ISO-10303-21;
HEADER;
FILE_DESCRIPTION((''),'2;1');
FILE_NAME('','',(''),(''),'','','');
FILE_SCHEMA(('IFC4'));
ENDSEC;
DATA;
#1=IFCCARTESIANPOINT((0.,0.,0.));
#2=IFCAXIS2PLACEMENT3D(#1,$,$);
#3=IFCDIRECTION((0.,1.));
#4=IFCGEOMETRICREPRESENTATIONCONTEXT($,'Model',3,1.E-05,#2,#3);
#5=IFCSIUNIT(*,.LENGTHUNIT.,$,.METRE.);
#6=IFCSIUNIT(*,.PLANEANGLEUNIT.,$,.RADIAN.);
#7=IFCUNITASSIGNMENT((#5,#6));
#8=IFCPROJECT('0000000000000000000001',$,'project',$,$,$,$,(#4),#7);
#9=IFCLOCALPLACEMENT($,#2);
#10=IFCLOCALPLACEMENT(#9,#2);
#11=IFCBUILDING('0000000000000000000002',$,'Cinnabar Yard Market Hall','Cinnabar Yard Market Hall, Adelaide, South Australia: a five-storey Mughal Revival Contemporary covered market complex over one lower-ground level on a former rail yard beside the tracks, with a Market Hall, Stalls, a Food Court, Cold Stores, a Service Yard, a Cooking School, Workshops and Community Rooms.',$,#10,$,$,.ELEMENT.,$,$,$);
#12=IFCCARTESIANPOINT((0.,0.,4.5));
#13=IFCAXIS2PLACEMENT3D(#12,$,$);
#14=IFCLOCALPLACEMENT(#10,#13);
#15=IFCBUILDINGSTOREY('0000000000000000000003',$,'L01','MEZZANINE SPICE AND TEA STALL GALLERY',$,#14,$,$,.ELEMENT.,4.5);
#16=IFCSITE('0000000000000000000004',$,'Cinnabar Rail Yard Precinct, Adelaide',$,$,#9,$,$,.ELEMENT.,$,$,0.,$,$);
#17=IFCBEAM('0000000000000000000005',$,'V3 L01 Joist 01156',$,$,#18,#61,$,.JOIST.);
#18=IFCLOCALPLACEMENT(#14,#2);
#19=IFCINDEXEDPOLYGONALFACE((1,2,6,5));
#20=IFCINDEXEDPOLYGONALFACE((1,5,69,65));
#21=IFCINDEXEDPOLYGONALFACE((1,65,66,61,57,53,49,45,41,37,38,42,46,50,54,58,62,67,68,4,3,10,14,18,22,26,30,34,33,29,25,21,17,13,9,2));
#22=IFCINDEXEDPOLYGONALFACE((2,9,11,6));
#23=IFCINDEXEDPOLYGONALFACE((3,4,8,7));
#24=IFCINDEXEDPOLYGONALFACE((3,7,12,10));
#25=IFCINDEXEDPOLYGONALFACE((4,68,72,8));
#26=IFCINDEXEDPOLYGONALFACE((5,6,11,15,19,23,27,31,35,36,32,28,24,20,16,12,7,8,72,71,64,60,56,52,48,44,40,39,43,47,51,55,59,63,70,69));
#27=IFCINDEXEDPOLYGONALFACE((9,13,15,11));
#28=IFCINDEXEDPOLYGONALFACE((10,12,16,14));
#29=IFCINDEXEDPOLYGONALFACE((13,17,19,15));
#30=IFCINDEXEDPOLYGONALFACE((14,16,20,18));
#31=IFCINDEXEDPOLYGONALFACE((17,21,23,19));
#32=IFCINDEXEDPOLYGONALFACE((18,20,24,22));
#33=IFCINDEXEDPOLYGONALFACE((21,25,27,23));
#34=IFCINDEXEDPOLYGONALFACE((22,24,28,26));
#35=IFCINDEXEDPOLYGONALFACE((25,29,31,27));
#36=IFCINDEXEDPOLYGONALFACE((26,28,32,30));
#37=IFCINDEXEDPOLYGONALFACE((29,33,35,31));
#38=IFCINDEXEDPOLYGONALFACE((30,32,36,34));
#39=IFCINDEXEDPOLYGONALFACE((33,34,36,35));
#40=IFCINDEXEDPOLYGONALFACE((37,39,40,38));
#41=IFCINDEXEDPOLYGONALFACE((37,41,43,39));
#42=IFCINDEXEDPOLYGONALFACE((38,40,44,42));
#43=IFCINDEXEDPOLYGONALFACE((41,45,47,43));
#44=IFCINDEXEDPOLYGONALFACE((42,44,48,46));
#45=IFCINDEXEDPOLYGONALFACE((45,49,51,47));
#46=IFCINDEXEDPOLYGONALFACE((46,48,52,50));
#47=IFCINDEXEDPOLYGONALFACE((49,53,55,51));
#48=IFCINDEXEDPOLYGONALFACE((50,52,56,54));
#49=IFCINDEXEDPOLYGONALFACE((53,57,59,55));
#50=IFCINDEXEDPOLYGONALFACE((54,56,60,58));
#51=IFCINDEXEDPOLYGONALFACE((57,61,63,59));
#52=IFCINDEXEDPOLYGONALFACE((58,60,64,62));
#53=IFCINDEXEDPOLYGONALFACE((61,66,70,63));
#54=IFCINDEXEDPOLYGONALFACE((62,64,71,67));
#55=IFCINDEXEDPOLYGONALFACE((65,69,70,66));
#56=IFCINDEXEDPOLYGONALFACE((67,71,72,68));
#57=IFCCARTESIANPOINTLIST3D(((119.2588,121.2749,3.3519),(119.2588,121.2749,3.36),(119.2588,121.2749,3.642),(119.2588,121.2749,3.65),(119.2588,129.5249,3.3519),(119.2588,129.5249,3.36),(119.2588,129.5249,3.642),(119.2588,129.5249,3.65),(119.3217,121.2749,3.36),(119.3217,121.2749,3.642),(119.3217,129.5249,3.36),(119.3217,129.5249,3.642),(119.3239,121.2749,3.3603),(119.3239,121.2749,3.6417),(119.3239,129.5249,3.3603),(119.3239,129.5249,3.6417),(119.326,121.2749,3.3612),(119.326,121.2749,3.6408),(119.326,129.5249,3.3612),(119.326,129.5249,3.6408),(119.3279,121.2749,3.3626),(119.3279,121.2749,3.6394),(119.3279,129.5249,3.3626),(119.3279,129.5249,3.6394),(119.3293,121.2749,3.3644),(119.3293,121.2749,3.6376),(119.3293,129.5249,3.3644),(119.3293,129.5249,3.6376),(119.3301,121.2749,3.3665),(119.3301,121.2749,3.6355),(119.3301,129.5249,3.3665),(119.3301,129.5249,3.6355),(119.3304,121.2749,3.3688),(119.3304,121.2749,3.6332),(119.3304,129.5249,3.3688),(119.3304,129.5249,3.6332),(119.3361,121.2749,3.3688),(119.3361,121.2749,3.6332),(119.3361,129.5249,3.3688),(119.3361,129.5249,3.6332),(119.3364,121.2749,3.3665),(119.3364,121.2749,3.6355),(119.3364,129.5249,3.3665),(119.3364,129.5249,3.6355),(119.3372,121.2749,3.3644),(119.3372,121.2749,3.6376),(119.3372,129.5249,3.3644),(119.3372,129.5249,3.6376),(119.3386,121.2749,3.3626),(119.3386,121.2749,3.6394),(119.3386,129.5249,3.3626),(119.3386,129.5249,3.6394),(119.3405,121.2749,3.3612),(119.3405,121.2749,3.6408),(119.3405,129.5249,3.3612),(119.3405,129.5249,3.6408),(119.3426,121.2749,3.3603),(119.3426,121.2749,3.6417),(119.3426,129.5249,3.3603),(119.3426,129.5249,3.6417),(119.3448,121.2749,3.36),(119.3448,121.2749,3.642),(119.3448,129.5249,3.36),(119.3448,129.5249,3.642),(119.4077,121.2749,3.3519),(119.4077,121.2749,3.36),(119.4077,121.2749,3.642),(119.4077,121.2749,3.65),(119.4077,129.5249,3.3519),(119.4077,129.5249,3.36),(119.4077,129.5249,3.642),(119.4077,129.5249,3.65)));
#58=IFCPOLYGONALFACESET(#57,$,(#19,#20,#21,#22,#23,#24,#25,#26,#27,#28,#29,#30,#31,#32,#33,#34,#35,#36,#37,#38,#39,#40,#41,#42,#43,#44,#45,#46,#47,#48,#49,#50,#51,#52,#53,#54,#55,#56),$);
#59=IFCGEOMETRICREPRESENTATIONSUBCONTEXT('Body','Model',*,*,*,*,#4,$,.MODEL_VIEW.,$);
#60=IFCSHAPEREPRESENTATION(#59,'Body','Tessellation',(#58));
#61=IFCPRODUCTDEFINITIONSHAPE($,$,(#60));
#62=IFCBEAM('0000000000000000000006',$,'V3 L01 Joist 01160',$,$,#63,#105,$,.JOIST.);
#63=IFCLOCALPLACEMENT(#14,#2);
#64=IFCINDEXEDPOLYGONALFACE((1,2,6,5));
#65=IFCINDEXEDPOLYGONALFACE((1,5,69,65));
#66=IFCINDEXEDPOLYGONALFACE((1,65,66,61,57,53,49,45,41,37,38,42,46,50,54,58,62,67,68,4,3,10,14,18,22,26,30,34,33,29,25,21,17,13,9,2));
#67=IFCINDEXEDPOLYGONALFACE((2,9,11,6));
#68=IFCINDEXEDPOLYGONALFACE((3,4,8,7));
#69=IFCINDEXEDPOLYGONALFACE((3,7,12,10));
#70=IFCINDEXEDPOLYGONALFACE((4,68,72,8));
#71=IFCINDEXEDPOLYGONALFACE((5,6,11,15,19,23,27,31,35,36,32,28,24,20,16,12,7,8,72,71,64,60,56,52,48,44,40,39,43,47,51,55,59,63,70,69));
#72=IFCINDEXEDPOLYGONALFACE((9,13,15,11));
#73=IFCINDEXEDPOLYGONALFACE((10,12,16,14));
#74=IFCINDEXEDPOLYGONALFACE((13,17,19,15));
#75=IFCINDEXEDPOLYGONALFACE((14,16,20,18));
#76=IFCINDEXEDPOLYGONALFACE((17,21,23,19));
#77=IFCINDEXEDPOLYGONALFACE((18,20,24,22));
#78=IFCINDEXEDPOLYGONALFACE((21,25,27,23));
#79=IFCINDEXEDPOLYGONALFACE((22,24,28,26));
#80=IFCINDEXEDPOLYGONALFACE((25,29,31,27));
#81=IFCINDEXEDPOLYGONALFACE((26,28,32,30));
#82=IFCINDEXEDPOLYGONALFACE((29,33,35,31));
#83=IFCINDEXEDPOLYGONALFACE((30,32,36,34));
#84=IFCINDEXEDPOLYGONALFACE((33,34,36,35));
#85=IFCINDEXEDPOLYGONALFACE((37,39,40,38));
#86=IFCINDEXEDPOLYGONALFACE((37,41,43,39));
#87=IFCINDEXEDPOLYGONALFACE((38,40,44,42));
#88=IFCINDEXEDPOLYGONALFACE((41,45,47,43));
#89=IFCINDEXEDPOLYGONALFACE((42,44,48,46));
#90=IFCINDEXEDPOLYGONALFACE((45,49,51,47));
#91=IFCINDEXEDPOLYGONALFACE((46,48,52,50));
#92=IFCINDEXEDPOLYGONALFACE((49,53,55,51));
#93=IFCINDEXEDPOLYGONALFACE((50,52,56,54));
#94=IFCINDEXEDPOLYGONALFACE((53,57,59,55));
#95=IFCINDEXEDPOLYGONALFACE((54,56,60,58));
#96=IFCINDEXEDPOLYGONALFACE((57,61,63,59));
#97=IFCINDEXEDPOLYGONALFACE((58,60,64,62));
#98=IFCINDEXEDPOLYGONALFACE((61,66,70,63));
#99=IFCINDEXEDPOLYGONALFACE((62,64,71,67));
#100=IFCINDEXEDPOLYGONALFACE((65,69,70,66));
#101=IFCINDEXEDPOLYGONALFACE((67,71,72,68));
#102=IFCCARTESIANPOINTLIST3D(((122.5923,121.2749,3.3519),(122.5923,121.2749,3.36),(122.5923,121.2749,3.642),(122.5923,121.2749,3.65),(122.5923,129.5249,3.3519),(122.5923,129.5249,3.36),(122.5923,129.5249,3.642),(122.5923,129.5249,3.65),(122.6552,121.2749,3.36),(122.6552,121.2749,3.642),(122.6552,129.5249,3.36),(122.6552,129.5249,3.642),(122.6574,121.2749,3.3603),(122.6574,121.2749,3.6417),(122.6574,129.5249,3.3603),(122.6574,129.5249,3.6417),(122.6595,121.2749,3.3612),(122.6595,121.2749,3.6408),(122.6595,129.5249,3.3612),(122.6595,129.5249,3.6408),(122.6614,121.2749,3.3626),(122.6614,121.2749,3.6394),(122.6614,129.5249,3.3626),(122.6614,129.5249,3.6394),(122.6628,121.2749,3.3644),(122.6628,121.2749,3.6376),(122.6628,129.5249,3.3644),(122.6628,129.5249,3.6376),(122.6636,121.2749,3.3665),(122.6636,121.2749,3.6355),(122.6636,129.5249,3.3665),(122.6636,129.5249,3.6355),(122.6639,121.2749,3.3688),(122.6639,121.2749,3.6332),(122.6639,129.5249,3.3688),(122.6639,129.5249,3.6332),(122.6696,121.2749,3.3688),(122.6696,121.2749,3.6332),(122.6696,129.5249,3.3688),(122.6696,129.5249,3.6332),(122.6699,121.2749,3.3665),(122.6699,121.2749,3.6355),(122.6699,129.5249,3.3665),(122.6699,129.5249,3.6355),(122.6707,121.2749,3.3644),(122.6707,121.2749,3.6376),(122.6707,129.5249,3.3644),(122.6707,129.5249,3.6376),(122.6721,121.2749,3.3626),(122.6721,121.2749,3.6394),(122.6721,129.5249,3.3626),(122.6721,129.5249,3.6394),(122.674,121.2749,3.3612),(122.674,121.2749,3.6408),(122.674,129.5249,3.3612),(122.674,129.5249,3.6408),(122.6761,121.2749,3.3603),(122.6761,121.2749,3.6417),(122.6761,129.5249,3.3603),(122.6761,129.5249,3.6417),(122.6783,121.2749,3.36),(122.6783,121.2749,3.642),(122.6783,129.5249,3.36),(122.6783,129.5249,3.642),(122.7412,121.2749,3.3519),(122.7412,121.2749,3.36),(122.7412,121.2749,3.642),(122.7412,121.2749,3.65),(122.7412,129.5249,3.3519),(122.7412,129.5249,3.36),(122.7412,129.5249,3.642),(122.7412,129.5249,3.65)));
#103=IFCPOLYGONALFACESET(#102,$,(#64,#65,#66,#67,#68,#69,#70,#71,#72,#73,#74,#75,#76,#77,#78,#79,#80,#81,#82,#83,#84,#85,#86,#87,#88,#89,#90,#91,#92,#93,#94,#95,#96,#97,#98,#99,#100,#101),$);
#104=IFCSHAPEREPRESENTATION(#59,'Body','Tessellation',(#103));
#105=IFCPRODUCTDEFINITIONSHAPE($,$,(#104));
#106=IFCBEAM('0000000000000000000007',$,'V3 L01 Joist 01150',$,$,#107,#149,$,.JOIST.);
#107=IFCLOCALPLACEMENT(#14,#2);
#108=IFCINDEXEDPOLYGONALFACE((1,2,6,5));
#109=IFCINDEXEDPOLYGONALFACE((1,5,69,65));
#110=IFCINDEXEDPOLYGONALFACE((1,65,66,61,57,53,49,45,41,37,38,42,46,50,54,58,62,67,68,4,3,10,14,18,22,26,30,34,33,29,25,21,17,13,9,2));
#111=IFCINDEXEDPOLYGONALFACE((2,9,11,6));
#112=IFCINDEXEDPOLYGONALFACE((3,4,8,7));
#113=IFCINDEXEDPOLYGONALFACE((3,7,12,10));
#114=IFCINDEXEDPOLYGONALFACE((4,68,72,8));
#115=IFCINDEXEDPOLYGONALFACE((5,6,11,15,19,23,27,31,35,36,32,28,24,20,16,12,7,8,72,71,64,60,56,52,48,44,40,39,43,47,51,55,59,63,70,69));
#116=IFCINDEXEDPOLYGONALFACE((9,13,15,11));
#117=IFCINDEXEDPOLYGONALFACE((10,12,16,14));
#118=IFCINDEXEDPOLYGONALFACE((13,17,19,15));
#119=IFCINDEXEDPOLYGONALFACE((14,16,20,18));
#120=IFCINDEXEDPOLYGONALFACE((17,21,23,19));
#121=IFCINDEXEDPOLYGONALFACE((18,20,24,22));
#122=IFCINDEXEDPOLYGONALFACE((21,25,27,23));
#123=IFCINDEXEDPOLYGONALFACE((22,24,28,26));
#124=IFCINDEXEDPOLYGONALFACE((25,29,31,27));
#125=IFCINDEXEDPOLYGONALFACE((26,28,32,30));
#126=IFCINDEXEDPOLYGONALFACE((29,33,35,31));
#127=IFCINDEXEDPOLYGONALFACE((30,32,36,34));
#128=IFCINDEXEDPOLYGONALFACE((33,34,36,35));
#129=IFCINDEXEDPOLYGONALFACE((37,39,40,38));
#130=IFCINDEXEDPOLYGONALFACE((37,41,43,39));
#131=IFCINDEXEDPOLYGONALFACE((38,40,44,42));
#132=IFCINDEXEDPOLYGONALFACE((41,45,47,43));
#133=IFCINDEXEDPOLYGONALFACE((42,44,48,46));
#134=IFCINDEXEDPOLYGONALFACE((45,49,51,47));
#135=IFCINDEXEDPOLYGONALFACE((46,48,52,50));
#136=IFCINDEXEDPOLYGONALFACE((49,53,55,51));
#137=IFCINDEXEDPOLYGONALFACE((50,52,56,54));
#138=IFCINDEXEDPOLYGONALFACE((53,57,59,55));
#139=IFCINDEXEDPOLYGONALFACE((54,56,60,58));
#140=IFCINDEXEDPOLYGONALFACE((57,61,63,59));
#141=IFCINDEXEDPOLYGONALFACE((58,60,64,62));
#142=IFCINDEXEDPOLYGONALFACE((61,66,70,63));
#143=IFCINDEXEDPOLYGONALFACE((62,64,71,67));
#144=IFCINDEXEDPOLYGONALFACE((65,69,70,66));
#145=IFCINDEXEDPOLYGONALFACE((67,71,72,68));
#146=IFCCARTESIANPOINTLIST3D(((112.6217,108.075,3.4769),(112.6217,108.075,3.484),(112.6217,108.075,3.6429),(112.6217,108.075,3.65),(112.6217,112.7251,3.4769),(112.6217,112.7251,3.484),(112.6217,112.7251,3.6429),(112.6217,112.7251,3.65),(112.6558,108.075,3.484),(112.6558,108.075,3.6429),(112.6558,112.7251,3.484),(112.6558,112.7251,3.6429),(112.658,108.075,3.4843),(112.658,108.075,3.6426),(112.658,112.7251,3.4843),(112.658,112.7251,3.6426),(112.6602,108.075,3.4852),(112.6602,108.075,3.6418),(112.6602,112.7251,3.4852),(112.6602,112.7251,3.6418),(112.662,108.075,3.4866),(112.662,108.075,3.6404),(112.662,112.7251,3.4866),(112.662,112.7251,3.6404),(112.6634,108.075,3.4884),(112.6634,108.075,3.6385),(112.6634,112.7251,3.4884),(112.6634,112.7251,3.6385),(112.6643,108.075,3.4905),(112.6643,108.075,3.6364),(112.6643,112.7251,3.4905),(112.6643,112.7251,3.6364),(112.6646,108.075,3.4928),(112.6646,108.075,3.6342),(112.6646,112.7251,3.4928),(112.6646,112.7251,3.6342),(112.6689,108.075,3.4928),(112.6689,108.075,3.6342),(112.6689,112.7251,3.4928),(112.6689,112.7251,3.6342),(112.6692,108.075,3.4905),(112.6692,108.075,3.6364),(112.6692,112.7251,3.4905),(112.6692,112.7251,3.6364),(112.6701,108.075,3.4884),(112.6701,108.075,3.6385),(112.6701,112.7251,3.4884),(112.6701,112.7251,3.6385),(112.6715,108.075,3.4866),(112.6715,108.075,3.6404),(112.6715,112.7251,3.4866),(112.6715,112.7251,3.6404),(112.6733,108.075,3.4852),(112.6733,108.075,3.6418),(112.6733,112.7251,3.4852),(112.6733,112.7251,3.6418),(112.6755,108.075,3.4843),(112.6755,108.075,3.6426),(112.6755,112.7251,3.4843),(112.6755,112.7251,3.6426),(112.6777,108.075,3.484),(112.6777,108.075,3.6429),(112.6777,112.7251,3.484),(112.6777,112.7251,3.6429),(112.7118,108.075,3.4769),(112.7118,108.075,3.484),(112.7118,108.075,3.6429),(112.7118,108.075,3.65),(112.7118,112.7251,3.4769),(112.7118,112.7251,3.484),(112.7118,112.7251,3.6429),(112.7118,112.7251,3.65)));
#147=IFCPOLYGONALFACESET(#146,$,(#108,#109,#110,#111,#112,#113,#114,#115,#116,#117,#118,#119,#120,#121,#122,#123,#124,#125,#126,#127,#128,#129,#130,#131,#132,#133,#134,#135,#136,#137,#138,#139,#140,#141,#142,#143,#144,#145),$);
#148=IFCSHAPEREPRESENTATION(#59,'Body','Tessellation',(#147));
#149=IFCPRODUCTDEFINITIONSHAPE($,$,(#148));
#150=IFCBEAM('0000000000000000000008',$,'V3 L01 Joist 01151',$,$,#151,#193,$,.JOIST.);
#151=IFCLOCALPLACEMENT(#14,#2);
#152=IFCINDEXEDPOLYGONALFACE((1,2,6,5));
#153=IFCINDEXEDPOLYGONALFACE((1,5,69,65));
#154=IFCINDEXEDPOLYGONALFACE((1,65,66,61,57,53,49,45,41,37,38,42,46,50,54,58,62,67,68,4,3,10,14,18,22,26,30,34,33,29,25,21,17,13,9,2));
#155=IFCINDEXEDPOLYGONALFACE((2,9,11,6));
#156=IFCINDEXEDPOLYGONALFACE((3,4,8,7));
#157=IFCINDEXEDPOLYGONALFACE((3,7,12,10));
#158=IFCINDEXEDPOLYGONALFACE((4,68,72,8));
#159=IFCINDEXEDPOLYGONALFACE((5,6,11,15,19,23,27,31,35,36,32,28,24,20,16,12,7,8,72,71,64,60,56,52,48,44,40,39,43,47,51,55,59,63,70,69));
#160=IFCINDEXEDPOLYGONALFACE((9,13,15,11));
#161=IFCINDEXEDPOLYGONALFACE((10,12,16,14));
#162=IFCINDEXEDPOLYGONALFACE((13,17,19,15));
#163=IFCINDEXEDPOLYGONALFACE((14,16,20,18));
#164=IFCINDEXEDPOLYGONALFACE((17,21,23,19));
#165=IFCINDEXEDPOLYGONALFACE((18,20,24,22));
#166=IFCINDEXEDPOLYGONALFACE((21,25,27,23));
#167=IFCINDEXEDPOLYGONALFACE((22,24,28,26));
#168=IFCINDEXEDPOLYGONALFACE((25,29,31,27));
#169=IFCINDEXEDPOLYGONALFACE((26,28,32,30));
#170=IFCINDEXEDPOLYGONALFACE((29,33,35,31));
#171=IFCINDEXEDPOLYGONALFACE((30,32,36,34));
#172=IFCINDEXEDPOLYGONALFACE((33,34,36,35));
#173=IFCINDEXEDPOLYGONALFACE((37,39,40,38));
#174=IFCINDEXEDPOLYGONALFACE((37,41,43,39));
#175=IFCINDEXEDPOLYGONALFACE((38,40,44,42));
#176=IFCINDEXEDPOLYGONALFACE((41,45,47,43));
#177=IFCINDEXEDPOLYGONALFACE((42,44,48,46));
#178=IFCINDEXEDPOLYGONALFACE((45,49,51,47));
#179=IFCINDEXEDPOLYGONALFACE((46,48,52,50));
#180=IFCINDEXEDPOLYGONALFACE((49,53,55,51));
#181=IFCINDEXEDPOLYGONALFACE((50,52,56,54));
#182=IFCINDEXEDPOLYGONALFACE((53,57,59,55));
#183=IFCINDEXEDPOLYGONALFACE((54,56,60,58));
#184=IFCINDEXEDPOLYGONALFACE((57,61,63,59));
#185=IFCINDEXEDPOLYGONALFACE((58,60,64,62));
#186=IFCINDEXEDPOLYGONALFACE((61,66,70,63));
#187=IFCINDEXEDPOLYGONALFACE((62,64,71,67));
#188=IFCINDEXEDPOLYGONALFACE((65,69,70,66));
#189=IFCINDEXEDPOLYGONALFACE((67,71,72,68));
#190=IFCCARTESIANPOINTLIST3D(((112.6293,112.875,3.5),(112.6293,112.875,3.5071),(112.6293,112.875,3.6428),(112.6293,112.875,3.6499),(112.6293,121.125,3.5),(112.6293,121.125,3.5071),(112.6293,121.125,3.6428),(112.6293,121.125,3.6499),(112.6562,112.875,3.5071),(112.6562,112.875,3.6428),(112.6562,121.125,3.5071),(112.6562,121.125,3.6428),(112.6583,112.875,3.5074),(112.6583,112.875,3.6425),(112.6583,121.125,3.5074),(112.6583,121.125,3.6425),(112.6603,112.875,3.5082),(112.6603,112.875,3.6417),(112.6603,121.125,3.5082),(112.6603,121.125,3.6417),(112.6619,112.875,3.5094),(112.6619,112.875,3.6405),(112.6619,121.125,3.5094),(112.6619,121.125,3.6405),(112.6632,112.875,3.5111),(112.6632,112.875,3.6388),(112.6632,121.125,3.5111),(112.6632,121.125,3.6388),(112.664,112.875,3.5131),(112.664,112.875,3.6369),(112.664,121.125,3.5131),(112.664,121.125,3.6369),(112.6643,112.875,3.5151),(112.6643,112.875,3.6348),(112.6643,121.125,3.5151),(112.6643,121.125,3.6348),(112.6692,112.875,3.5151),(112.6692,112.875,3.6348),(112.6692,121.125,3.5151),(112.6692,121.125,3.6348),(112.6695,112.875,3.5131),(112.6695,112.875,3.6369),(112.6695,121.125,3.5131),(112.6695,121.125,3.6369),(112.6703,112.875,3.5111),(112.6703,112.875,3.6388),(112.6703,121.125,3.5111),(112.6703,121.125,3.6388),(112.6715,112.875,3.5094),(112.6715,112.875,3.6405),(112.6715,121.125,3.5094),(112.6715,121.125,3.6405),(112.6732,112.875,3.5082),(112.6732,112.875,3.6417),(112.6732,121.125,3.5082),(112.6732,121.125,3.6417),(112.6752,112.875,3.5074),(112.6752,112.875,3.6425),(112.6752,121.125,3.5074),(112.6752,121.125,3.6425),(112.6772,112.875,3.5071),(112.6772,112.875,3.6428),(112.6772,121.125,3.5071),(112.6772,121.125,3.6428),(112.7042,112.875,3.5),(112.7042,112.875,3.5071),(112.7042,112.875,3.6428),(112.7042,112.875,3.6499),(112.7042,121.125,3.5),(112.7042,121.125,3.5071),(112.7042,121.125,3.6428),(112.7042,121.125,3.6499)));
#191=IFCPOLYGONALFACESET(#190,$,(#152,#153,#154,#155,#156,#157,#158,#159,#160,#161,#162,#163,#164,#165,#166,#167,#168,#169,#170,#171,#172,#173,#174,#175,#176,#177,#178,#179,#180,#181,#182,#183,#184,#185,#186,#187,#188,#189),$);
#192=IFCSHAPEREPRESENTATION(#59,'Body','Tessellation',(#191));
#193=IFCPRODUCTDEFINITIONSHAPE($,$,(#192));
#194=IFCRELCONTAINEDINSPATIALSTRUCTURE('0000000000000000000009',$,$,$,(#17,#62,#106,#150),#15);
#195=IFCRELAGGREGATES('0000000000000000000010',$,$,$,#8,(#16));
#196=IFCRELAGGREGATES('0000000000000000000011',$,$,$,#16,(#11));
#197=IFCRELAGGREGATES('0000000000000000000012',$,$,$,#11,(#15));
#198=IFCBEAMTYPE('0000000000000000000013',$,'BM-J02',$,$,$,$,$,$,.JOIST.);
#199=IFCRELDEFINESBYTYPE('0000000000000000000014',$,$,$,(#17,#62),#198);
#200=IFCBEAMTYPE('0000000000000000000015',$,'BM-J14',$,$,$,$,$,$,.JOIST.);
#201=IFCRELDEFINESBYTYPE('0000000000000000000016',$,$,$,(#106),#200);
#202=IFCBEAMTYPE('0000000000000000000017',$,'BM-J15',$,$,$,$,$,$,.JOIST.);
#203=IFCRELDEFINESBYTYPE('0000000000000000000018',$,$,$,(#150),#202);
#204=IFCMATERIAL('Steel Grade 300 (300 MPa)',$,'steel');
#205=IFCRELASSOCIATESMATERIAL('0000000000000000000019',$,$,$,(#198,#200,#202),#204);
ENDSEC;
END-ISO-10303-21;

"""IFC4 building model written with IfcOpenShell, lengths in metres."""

from ifc_helpers import new_model, si_unit, direction, frame, origin, origin_2d_with_axis, place, context, subcontext, project, spatial, i_section, extrude, material, material_profile, profile_set, type_object, element, save


model = new_model("IFC4")

# Units and contexts
model_context = context("Model", 3, precision=1e-05, world=origin(), true_north=direction((0.0, 1.0)))
body_context = subcontext(model_context, "Body", "Model", "MODEL_VIEW")
ifc_project = project(units=[si_unit("LENGTHUNIT", "METRE"), si_unit("PLANEANGLEUNIT", "RADIAN")], contexts=[model_context])

# Site, building, storey
site_placement = place(None, origin())
site = spatial("IfcSite", under=ifc_project, at=site_placement, Name="Cinnabar Rail Yard Precinct, Adelaide", CompositionType="ELEMENT", RefElevation=0.0)
building_placement = place(site_placement, origin())
building = spatial("IfcBuilding", under=site, at=building_placement, Name="Cinnabar Yard Market Hall", Description="Cinnabar Yard Market Hall, Adelaide, South Australia: a five-storey Mughal Revival Contemporary covered market complex over one lower-ground level on a former rail yard beside the tracks, with a Market Hall, Stalls, a Food Court, Cold Stores, a Service Yard, a Cooking School, Workshops and Community Rooms.", CompositionType="ELEMENT")
storey_placement = place(building_placement, frame((0.0, 0.0, 4.5)))
storey = spatial("IfcBuildingStorey", under=building, at=storey_placement, Name="L01", Description="MEZZANINE SPICE AND TEA STALL GALLERY", CompositionType="ELEMENT", Elevation=4.5)

# Shared definitions
ifc_material_1 = material(Name="Steel Grade 300 (300 MPa)", Category="steel")

# Beams
ifc_material_profile_1 = material_profile(ifc_material_1, i_section(OverallWidth=0.1489, OverallDepth=0.2981, WebThickness=0.0056, FlangeThickness=0.0081, FilletRadius=0.0088, at=origin_2d_with_axis()), Name="310UB32.0")
ifc_profile_set_1 = profile_set([ifc_material_profile_1], Name="Steel Grade 300 (300 MPa)")
beam_type_1 = type_object("IfcBeamType", Name="BM-J02", PredefinedType="JOIST", material=ifc_profile_set_1)
for number, where, z_axis, x_axis, name in (
    (1, (119.3333, 121.2749, 3.501), (0.0, 1.0, 0.0), (-1.0, 0.0, 0.0), "V3 L01 Joist 01156"),
    (2, (122.6667, 121.2749, 3.501), (0.0, 1.0, 0.0), (-1.0, 0.0, 0.0), "V3 L01 Joist 01160"),
):
    element("IfcBeam", number, at=place(storey_placement, frame(where, z_axis=z_axis, x_axis=x_axis)), inside=storey, type_object=beam_type_1, Name=name, PredefinedType="JOIST", context=body_context, shape_type="SweptSolid", body=[
        extrude(i_section(OverallWidth=0.1489, OverallDepth=0.2981, WebThickness=0.0056, FlangeThickness=0.0081, FilletRadius=0.0088, at=origin_2d_with_axis()), origin(), (0.0, 0.0, 1.0), 8.25),
    ])
ifc_material_profile_2 = material_profile(ifc_material_1, i_section(OverallWidth=0.0901, OverallDepth=0.1731, WebThickness=0.0044, FlangeThickness=0.0071, FilletRadius=0.0088, at=origin_2d_with_axis()), Name="180UB16.1")
ifc_profile_set_2 = profile_set([ifc_material_profile_2], Name="Steel Grade 300 (300 MPa)")
beam_type_2 = type_object("IfcBeamType", Name="BM-J14", PredefinedType="JOIST", material=ifc_profile_set_2)
beam_1_placement = place(storey_placement, frame((112.6667, 108.075, 3.5635), z_axis=(0.0, 1.0, 0.0), x_axis=(-1.0, 0.0, 0.0)))
element("IfcBeam", 3, at=beam_1_placement, inside=storey, type_object=beam_type_2, Name="V3 L01 Joist 01150", PredefinedType="JOIST", context=body_context, shape_type="SweptSolid", body=[
    extrude(i_section(OverallWidth=0.0901, OverallDepth=0.1731, WebThickness=0.0044, FlangeThickness=0.0071, FilletRadius=0.0088, at=origin_2d_with_axis()), origin(), (0.0, 0.0, 1.0), 4.6501),
])
ifc_material_profile_3 = material_profile(ifc_material_1, i_section(OverallWidth=0.075, OverallDepth=0.1499, WebThickness=0.0049, FlangeThickness=0.0071, FilletRadius=0.0081, at=origin_2d_with_axis()), Name="150UB14.0")
ifc_profile_set_3 = profile_set([ifc_material_profile_3], Name="Steel Grade 300 (300 MPa)")
beam_type_3 = type_object("IfcBeamType", Name="BM-J15", PredefinedType="JOIST", material=ifc_profile_set_3)
beam_2_placement = place(storey_placement, frame((112.6667, 112.875, 3.575), z_axis=(0.0, 1.0, 0.0), x_axis=(-1.0, 0.0, 0.0)))
element("IfcBeam", 4, at=beam_2_placement, inside=storey, type_object=beam_type_3, Name="V3 L01 Joist 01151", PredefinedType="JOIST", context=body_context, shape_type="SweptSolid", body=[
    extrude(i_section(OverallWidth=0.075, OverallDepth=0.1499, WebThickness=0.0049, FlangeThickness=0.0071, FilletRadius=0.0081, at=origin_2d_with_axis()), origin(), (0.0, 0.0, 1.0), 8.25),
])

save(model, "model.ifc")
